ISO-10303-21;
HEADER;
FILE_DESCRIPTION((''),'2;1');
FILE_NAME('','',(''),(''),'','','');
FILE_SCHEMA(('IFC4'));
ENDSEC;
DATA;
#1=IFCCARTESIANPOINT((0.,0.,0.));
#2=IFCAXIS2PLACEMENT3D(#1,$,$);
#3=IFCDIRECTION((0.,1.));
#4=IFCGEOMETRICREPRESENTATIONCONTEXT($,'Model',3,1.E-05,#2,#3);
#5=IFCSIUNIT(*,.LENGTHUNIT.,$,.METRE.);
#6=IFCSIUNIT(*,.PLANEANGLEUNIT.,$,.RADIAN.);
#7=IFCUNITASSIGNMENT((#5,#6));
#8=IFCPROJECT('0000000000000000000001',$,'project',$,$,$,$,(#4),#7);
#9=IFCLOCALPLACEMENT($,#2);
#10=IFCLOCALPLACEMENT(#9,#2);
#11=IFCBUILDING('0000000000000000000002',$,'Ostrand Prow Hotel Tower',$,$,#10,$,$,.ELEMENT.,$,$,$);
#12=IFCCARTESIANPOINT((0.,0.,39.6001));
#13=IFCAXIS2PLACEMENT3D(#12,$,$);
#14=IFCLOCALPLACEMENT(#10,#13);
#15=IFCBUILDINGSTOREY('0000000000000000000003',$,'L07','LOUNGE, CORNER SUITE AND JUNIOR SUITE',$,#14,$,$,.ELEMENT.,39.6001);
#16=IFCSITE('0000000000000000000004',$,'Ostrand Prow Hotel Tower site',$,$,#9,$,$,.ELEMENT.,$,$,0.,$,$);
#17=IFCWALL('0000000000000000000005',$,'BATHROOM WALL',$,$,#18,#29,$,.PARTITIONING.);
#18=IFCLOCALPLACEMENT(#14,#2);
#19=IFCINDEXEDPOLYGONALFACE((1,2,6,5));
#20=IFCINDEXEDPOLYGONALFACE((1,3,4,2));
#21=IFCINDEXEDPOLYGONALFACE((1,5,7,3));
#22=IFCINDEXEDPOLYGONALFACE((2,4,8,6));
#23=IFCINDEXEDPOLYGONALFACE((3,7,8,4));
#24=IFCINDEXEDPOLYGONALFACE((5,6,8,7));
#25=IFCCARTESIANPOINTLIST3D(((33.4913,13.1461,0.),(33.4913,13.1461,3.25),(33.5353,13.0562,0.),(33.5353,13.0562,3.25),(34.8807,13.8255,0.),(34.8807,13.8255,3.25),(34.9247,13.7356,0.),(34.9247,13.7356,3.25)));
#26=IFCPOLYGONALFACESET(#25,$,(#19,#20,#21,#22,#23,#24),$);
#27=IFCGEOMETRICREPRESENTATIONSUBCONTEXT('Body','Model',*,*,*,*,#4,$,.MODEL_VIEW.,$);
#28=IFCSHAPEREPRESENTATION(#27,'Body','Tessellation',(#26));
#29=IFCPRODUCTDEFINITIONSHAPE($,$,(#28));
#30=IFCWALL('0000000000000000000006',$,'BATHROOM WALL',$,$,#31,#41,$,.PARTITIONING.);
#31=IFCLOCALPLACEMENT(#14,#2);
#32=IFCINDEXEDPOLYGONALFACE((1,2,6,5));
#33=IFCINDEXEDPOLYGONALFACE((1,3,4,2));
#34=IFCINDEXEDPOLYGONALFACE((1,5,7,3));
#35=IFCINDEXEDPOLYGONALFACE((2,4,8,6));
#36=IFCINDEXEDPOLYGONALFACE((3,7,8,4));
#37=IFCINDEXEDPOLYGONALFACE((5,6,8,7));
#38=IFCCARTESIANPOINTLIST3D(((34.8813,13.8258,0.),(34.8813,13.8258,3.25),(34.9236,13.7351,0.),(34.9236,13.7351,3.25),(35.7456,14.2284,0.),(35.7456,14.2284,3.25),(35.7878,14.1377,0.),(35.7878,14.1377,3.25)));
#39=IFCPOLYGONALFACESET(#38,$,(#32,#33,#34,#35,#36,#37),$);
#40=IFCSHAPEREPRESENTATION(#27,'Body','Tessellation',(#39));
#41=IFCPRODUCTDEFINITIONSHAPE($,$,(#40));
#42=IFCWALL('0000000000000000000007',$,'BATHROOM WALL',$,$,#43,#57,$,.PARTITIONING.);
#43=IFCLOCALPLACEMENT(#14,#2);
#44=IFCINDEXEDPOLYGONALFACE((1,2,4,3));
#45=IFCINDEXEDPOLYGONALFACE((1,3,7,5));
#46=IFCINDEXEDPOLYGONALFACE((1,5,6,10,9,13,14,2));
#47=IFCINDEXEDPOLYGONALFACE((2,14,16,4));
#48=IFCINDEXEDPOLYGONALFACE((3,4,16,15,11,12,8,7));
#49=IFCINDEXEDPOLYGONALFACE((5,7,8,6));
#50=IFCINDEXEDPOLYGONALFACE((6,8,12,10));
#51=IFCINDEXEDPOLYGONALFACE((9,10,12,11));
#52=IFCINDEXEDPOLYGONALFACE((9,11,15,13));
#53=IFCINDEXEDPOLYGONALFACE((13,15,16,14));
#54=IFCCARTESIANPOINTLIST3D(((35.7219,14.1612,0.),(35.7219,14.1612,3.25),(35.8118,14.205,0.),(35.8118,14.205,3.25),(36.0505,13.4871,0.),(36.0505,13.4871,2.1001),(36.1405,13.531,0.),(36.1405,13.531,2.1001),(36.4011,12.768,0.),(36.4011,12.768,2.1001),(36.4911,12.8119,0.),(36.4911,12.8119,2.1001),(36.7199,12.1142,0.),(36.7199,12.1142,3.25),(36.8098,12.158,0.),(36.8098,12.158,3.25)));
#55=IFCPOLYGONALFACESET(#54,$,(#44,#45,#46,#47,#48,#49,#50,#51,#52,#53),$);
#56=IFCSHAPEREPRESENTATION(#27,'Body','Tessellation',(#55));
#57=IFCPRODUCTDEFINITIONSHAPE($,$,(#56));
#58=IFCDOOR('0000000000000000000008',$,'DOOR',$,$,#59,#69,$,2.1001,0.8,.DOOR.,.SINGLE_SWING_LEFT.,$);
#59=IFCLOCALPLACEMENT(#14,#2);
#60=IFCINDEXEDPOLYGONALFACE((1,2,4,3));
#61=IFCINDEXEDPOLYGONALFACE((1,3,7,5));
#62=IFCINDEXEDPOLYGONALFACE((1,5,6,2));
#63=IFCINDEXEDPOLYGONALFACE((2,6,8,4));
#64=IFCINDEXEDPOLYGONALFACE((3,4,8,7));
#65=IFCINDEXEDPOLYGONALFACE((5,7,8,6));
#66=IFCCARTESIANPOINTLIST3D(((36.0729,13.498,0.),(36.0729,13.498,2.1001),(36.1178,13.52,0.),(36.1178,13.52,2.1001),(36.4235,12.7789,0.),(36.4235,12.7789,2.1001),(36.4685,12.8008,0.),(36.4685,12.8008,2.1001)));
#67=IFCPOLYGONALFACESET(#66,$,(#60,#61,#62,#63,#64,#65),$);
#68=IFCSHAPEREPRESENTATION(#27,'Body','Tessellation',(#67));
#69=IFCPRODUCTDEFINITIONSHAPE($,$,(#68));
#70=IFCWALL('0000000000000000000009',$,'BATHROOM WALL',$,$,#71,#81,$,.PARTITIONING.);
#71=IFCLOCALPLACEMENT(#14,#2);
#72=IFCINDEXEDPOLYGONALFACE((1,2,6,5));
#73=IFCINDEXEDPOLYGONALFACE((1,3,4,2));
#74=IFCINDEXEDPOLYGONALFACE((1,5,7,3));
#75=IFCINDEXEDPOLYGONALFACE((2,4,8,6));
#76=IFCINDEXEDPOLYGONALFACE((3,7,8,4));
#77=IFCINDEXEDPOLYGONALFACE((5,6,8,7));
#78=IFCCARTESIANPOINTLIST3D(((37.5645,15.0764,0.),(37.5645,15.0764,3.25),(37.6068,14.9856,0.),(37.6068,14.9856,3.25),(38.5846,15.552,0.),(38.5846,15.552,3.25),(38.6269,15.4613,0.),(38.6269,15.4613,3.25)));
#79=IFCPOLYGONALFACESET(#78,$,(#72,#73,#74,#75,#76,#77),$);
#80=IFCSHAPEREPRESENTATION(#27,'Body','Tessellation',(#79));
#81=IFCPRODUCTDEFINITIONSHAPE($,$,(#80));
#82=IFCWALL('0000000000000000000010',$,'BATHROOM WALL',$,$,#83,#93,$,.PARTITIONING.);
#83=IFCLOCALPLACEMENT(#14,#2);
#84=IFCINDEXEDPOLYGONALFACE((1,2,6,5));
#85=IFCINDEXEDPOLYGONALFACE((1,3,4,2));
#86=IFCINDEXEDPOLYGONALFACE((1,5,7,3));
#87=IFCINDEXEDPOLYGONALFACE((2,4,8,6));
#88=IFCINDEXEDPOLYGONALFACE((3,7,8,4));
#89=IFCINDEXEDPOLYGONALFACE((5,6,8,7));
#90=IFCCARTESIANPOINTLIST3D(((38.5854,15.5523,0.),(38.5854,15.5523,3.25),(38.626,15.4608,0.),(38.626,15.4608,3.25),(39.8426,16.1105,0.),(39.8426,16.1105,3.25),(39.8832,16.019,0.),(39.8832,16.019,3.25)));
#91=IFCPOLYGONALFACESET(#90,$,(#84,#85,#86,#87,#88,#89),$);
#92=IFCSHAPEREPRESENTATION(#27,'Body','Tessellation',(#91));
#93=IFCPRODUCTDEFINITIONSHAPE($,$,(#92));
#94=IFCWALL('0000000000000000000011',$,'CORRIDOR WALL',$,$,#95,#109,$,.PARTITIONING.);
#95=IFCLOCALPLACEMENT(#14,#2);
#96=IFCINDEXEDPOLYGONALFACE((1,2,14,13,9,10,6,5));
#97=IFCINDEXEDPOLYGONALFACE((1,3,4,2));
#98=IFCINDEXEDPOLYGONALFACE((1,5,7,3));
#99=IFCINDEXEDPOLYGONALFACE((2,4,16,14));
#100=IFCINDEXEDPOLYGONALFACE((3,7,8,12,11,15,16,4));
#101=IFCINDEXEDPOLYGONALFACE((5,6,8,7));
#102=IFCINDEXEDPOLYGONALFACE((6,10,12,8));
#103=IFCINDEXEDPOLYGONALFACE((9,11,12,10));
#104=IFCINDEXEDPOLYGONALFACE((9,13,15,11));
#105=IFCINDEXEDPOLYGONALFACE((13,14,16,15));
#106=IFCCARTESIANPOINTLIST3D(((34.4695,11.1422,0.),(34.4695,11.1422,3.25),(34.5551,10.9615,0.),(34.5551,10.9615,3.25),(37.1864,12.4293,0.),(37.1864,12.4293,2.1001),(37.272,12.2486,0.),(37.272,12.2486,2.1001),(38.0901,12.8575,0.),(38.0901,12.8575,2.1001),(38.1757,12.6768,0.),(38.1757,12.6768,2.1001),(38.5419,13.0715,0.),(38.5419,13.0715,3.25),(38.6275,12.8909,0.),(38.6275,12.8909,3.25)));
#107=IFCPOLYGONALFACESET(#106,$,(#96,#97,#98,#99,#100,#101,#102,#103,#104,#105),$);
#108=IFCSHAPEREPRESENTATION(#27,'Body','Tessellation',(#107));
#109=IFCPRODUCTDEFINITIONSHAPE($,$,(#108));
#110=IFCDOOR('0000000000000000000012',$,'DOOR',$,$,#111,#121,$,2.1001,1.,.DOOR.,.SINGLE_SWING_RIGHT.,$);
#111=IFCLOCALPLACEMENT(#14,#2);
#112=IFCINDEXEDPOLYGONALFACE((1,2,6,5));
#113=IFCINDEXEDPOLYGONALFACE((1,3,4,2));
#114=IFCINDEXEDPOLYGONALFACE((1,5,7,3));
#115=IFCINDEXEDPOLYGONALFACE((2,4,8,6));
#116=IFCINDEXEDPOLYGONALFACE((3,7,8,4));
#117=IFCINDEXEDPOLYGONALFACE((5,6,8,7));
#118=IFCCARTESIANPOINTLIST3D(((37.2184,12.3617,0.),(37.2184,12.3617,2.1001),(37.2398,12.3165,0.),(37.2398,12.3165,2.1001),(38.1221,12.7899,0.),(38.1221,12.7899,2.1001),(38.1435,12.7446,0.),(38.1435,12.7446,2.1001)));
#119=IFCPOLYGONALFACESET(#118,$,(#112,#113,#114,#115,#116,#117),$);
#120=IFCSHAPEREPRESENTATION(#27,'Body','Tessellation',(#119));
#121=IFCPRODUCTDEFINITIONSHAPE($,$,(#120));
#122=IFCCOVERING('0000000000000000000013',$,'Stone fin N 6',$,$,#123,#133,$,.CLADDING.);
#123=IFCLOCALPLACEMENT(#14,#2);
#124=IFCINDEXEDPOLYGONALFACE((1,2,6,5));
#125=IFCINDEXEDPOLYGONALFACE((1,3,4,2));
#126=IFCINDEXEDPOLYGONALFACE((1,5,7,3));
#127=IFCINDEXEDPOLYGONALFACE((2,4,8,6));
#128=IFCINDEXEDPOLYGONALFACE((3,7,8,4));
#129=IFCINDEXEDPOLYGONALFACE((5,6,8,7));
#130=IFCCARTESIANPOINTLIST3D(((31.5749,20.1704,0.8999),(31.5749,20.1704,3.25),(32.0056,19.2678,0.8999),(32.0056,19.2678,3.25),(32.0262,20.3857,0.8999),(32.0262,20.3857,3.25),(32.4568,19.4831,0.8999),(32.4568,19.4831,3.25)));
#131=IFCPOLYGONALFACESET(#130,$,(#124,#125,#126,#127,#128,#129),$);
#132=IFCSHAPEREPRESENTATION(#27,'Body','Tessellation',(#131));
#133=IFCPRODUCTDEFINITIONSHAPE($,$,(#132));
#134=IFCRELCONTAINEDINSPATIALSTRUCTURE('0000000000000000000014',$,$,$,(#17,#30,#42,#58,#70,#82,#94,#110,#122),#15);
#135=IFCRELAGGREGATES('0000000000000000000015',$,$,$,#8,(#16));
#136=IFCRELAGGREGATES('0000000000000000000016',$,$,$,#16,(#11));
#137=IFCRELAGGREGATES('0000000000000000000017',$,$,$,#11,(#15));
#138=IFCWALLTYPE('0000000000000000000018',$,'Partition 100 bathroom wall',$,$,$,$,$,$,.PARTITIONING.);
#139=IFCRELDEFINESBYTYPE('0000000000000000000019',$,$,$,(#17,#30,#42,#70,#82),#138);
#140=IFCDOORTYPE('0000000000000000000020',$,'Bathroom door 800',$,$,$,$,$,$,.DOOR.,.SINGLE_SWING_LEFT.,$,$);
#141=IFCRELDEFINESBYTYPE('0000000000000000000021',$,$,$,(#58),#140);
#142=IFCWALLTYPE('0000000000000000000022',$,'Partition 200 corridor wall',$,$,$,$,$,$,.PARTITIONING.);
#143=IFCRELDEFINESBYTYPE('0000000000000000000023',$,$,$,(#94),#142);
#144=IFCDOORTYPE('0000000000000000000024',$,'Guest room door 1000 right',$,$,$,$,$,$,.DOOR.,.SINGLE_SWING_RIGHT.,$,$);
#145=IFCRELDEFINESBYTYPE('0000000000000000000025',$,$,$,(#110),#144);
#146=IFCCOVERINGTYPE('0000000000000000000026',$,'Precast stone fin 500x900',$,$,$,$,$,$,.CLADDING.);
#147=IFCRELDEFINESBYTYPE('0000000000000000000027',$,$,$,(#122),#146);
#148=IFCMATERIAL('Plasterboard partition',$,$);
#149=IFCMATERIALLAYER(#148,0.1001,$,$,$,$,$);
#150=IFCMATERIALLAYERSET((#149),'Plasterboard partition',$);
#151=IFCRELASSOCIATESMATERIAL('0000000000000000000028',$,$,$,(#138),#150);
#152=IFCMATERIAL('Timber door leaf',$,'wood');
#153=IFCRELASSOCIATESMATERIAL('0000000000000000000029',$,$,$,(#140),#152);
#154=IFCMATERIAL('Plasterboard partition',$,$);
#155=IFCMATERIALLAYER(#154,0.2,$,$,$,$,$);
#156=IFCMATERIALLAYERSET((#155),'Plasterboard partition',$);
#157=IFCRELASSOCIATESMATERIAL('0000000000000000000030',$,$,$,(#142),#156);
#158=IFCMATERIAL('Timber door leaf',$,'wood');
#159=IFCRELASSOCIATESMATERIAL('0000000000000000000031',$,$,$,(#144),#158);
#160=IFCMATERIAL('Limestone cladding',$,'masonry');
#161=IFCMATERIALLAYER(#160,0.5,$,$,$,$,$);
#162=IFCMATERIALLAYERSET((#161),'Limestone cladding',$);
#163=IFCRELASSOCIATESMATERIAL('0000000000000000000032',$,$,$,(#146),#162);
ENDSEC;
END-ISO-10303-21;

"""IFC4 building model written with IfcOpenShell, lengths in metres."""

from ifc_helpers import new_model, si_unit, direction, frame, frame_2d, origin, place, context, subcontext, project, spatial, rectangle, extrude, material, layer, layer_set, type_object, element, fill, save


model = new_model("IFC4")

# Units and contexts
model_context = context("Model", 3, precision=1e-05, world=origin(), true_north=direction((0.0, 1.0)))
body_context = subcontext(model_context, "Body", "Model", "MODEL_VIEW")
ifc_project = project(units=[si_unit("LENGTHUNIT", "METRE"), si_unit("PLANEANGLEUNIT", "RADIAN")], contexts=[model_context])

# Site, building, storey
site_placement = place(None, origin())
site = spatial("IfcSite", under=ifc_project, at=site_placement, Name="Ostrand Prow Hotel Tower site", CompositionType="ELEMENT", RefElevation=0.0)
building_placement = place(site_placement, origin())
building = spatial("IfcBuilding", under=site, at=building_placement, Name="Ostrand Prow Hotel Tower", CompositionType="ELEMENT")
storey_placement = place(building_placement, frame((0.0, 0.0, 39.6001)))
storey = spatial("IfcBuildingStorey", under=building, at=storey_placement, Name="L07", Description="LOUNGE, CORNER SUITE AND JUNIOR SUITE", CompositionType="ELEMENT", Elevation=39.6001)

# Walls
ifc_material_1 = material(Name="Plasterboard partition")
ifc_layer_1 = layer(ifc_material_1, 0.1001)
ifc_layer_set_1 = layer_set([ifc_layer_1], Name="Plasterboard partition")
wall_type_1 = type_object("IfcWallType", Name="Partition 100 bathroom wall", PredefinedType="PARTITIONING", material=ifc_layer_set_1)
wall_1_placement = place(storey_placement, frame((33.5132, 13.1011, 0.0), z_axis=(0.0, 0.0, 1.0), x_axis=(0.898339, 0.439304, 0.0)))
element("IfcWall", 1, at=wall_1_placement, inside=storey, type_object=wall_type_1, Name="BATHROOM WALL", PredefinedType="PARTITIONING", context=body_context, shape_type="SweptSolid", body=[
    extrude(rectangle(XDim=1.5466, YDim=0.1001, at=frame_2d((0.7734, 0.0))), origin(), (0.0, 0.0, 1.0), 3.25),
])
wall_2_placement = place(storey_placement, frame((34.9026, 13.7805, 0.0), z_axis=(0.0, 0.0, 1.0), x_axis=(0.906477, 0.422255, 0.0)))
element("IfcWall", 2, at=wall_2_placement, inside=storey, type_object=wall_type_1, Name="BATHROOM WALL", PredefinedType="PARTITIONING", context=body_context, shape_type="SweptSolid", body=[
    extrude(rectangle(XDim=0.9534, YDim=0.1001, at=frame_2d((0.4766, 0.0))), origin(), (0.0, 0.0, 1.0), 3.25),
])

# Wall, opening, door
wall_3_placement = place(storey_placement, frame((35.7668, 14.1831, 0.0), z_axis=(0.0, 0.0, 1.0), x_axis=(0.438229, -0.898863, 0.0)))
wall_3 = element("IfcWall", 3, at=wall_3_placement, inside=storey, type_object=wall_type_1, Name="BATHROOM WALL", PredefinedType="PARTITIONING", context=body_context, shape_type="SweptSolid", body=[
    extrude(rectangle(XDim=2.2773, YDim=0.1001, at=frame_2d((1.1387, 0.0))), origin(), (0.0, 0.0, 1.0), 3.25),
])
opening_1_placement = place(wall_3_placement, frame((0.75, 0.0, 0.0)))
opening_1 = element("IfcOpeningElement", 4, at=opening_1_placement, cuts=wall_3, PredefinedType="OPENING", context=body_context, shape_type="SweptSolid", body=[
    extrude(rectangle(XDim=0.8, YDim=2.1001, at=frame_2d((0.3999, 1.05))), frame((0.0, 0.0601, 0.0), z_axis=(0.0, -1.0, 0.0), x_axis=(1.0, 0.0, 0.0)), (0.0, 0.0, 1.0), 0.1201),
])
ifc_material_2 = material(Name="Timber door leaf", Category="wood")
door_type_1 = type_object("IfcDoorType", Name="Bathroom door 800", OperationType="SINGLE_SWING_LEFT", PredefinedType="DOOR", material=ifc_material_2)
door_1_placement = place(opening_1_placement, origin())
door_1 = element("IfcDoor", 5, at=door_1_placement, inside=storey, type_object=door_type_1, Name="DOOR", OperationType="SINGLE_SWING_LEFT", OverallHeight=2.1001, OverallWidth=0.8, PredefinedType="DOOR", context=body_context, shape_type="SweptSolid", body=[
    extrude(rectangle(XDim=0.8, YDim=2.1001, at=frame_2d((0.3999, 1.05))), frame((0.0, 0.0249, 0.0), z_axis=(0.0, -1.0, 0.0), x_axis=(1.0, 0.0, 0.0)), (0.0, 0.0, 1.0), 0.05),
])
fill(opening_1, door_1)

# Walls
wall_4_placement = place(storey_placement, frame((37.5857, 15.031, 0.0), z_axis=(0.0, 0.0, 1.0), x_axis=(0.906327, 0.422577, 0.0)))
element("IfcWall", 6, at=wall_4_placement, inside=storey, type_object=wall_type_1, Name="BATHROOM WALL", PredefinedType="PARTITIONING", context=body_context, shape_type="SweptSolid", body=[
    extrude(rectangle(XDim=1.1255, YDim=0.1001, at=frame_2d((0.5627, 0.0))), origin(), (0.0, 0.0, 1.0), 3.25),
])
wall_5_placement = place(storey_placement, frame((38.6057, 15.5066, 0.0), z_axis=(0.0, 0.0, 1.0), x_axis=(0.913973, 0.405776, 0.0)))
element("IfcWall", 7, at=wall_5_placement, inside=storey, type_object=wall_type_1, Name="BATHROOM WALL", PredefinedType="PARTITIONING", context=body_context, shape_type="SweptSolid", body=[
    extrude(rectangle(XDim=1.3755, YDim=0.1001, at=frame_2d((0.6877, 0.0))), origin(), (0.0, 0.0, 1.0), 3.25),
])

# Wall, opening, door
ifc_material_3 = material(Name="Plasterboard partition")
ifc_layer_2 = layer(ifc_material_3, 0.2)
ifc_layer_set_2 = layer_set([ifc_layer_2], Name="Plasterboard partition")
wall_type_2 = type_object("IfcWallType", Name="Partition 200 corridor wall", PredefinedType="PARTITIONING", material=ifc_layer_set_2)
wall_6_placement = place(storey_placement, frame((38.5847, 12.9812, 0.0), z_axis=(0.0, 0.0, 1.0), x_axis=(-0.903707, -0.428152, 0.0)))
wall_6 = element("IfcWall", 8, at=wall_6_placement, inside=storey, type_object=wall_type_2, Name="CORRIDOR WALL", PredefinedType="PARTITIONING", context=body_context, shape_type="SweptSolid", body=[
    extrude(rectangle(XDim=4.5063, YDim=0.2, at=frame_2d((2.2532, 0.0))), origin(), (0.0, 0.0, 1.0), 3.25),
])
opening_2_placement = place(wall_6_placement, frame((0.5, 0.0, 0.0)))
opening_2 = element("IfcOpeningElement", 9, at=opening_2_placement, cuts=wall_6, PredefinedType="OPENING", context=body_context, shape_type="SweptSolid", body=[
    extrude(rectangle(XDim=1.0, YDim=2.1001, at=frame_2d((0.5, 1.05))), frame((0.0, 0.1099, 0.0), z_axis=(0.0, -1.0, 0.0), x_axis=(1.0, 0.0, 0.0)), (0.0, 0.0, 1.0), 0.22),
])
ifc_material_4 = material(Name="Timber door leaf", Category="wood")
door_type_2 = type_object("IfcDoorType", Name="Guest room door 1000 right", OperationType="SINGLE_SWING_RIGHT", PredefinedType="DOOR", material=ifc_material_4)
door_2_placement = place(opening_2_placement, origin())
door_2 = element("IfcDoor", 10, at=door_2_placement, inside=storey, type_object=door_type_2, Name="DOOR", OperationType="SINGLE_SWING_RIGHT", OverallHeight=2.1001, OverallWidth=1.0, PredefinedType="DOOR", context=body_context, shape_type="SweptSolid", body=[
    extrude(rectangle(XDim=1.0, YDim=2.1001, at=frame_2d((0.5, 1.05))), frame((0.0, 0.0249, 0.0), z_axis=(0.0, -1.0, 0.0), x_axis=(1.0, 0.0, 0.0)), (0.0, 0.0, 1.0), 0.05),
])
fill(opening_2, door_2)

# Covering
ifc_material_5 = material(Name="Limestone cladding", Category="masonry")
ifc_layer_3 = layer(ifc_material_5, 0.5)
ifc_layer_set_3 = layer_set([ifc_layer_3], Name="Limestone cladding")
covering_type = type_object("IfcCoveringType", Name="Precast stone fin 500x900", PredefinedType="CLADDING", material=ifc_layer_set_3)
covering_placement = place(storey_placement, frame((32.2312, 19.3755, 0.8999), z_axis=(0.0, 0.0, 1.0), x_axis=(-0.430635, 0.902526, 0.0)))
element("IfcCovering", 11, at=covering_placement, inside=storey, type_object=covering_type, Name="Stone fin N 6", PredefinedType="CLADDING", context=body_context, shape_type="SweptSolid", body=[
    extrude(rectangle(XDim=1.0, YDim=0.5, at=frame_2d((0.5, 0.0))), origin(), (0.0, 0.0, 1.0), 2.3501),
])

save(model, "model.ifc")
